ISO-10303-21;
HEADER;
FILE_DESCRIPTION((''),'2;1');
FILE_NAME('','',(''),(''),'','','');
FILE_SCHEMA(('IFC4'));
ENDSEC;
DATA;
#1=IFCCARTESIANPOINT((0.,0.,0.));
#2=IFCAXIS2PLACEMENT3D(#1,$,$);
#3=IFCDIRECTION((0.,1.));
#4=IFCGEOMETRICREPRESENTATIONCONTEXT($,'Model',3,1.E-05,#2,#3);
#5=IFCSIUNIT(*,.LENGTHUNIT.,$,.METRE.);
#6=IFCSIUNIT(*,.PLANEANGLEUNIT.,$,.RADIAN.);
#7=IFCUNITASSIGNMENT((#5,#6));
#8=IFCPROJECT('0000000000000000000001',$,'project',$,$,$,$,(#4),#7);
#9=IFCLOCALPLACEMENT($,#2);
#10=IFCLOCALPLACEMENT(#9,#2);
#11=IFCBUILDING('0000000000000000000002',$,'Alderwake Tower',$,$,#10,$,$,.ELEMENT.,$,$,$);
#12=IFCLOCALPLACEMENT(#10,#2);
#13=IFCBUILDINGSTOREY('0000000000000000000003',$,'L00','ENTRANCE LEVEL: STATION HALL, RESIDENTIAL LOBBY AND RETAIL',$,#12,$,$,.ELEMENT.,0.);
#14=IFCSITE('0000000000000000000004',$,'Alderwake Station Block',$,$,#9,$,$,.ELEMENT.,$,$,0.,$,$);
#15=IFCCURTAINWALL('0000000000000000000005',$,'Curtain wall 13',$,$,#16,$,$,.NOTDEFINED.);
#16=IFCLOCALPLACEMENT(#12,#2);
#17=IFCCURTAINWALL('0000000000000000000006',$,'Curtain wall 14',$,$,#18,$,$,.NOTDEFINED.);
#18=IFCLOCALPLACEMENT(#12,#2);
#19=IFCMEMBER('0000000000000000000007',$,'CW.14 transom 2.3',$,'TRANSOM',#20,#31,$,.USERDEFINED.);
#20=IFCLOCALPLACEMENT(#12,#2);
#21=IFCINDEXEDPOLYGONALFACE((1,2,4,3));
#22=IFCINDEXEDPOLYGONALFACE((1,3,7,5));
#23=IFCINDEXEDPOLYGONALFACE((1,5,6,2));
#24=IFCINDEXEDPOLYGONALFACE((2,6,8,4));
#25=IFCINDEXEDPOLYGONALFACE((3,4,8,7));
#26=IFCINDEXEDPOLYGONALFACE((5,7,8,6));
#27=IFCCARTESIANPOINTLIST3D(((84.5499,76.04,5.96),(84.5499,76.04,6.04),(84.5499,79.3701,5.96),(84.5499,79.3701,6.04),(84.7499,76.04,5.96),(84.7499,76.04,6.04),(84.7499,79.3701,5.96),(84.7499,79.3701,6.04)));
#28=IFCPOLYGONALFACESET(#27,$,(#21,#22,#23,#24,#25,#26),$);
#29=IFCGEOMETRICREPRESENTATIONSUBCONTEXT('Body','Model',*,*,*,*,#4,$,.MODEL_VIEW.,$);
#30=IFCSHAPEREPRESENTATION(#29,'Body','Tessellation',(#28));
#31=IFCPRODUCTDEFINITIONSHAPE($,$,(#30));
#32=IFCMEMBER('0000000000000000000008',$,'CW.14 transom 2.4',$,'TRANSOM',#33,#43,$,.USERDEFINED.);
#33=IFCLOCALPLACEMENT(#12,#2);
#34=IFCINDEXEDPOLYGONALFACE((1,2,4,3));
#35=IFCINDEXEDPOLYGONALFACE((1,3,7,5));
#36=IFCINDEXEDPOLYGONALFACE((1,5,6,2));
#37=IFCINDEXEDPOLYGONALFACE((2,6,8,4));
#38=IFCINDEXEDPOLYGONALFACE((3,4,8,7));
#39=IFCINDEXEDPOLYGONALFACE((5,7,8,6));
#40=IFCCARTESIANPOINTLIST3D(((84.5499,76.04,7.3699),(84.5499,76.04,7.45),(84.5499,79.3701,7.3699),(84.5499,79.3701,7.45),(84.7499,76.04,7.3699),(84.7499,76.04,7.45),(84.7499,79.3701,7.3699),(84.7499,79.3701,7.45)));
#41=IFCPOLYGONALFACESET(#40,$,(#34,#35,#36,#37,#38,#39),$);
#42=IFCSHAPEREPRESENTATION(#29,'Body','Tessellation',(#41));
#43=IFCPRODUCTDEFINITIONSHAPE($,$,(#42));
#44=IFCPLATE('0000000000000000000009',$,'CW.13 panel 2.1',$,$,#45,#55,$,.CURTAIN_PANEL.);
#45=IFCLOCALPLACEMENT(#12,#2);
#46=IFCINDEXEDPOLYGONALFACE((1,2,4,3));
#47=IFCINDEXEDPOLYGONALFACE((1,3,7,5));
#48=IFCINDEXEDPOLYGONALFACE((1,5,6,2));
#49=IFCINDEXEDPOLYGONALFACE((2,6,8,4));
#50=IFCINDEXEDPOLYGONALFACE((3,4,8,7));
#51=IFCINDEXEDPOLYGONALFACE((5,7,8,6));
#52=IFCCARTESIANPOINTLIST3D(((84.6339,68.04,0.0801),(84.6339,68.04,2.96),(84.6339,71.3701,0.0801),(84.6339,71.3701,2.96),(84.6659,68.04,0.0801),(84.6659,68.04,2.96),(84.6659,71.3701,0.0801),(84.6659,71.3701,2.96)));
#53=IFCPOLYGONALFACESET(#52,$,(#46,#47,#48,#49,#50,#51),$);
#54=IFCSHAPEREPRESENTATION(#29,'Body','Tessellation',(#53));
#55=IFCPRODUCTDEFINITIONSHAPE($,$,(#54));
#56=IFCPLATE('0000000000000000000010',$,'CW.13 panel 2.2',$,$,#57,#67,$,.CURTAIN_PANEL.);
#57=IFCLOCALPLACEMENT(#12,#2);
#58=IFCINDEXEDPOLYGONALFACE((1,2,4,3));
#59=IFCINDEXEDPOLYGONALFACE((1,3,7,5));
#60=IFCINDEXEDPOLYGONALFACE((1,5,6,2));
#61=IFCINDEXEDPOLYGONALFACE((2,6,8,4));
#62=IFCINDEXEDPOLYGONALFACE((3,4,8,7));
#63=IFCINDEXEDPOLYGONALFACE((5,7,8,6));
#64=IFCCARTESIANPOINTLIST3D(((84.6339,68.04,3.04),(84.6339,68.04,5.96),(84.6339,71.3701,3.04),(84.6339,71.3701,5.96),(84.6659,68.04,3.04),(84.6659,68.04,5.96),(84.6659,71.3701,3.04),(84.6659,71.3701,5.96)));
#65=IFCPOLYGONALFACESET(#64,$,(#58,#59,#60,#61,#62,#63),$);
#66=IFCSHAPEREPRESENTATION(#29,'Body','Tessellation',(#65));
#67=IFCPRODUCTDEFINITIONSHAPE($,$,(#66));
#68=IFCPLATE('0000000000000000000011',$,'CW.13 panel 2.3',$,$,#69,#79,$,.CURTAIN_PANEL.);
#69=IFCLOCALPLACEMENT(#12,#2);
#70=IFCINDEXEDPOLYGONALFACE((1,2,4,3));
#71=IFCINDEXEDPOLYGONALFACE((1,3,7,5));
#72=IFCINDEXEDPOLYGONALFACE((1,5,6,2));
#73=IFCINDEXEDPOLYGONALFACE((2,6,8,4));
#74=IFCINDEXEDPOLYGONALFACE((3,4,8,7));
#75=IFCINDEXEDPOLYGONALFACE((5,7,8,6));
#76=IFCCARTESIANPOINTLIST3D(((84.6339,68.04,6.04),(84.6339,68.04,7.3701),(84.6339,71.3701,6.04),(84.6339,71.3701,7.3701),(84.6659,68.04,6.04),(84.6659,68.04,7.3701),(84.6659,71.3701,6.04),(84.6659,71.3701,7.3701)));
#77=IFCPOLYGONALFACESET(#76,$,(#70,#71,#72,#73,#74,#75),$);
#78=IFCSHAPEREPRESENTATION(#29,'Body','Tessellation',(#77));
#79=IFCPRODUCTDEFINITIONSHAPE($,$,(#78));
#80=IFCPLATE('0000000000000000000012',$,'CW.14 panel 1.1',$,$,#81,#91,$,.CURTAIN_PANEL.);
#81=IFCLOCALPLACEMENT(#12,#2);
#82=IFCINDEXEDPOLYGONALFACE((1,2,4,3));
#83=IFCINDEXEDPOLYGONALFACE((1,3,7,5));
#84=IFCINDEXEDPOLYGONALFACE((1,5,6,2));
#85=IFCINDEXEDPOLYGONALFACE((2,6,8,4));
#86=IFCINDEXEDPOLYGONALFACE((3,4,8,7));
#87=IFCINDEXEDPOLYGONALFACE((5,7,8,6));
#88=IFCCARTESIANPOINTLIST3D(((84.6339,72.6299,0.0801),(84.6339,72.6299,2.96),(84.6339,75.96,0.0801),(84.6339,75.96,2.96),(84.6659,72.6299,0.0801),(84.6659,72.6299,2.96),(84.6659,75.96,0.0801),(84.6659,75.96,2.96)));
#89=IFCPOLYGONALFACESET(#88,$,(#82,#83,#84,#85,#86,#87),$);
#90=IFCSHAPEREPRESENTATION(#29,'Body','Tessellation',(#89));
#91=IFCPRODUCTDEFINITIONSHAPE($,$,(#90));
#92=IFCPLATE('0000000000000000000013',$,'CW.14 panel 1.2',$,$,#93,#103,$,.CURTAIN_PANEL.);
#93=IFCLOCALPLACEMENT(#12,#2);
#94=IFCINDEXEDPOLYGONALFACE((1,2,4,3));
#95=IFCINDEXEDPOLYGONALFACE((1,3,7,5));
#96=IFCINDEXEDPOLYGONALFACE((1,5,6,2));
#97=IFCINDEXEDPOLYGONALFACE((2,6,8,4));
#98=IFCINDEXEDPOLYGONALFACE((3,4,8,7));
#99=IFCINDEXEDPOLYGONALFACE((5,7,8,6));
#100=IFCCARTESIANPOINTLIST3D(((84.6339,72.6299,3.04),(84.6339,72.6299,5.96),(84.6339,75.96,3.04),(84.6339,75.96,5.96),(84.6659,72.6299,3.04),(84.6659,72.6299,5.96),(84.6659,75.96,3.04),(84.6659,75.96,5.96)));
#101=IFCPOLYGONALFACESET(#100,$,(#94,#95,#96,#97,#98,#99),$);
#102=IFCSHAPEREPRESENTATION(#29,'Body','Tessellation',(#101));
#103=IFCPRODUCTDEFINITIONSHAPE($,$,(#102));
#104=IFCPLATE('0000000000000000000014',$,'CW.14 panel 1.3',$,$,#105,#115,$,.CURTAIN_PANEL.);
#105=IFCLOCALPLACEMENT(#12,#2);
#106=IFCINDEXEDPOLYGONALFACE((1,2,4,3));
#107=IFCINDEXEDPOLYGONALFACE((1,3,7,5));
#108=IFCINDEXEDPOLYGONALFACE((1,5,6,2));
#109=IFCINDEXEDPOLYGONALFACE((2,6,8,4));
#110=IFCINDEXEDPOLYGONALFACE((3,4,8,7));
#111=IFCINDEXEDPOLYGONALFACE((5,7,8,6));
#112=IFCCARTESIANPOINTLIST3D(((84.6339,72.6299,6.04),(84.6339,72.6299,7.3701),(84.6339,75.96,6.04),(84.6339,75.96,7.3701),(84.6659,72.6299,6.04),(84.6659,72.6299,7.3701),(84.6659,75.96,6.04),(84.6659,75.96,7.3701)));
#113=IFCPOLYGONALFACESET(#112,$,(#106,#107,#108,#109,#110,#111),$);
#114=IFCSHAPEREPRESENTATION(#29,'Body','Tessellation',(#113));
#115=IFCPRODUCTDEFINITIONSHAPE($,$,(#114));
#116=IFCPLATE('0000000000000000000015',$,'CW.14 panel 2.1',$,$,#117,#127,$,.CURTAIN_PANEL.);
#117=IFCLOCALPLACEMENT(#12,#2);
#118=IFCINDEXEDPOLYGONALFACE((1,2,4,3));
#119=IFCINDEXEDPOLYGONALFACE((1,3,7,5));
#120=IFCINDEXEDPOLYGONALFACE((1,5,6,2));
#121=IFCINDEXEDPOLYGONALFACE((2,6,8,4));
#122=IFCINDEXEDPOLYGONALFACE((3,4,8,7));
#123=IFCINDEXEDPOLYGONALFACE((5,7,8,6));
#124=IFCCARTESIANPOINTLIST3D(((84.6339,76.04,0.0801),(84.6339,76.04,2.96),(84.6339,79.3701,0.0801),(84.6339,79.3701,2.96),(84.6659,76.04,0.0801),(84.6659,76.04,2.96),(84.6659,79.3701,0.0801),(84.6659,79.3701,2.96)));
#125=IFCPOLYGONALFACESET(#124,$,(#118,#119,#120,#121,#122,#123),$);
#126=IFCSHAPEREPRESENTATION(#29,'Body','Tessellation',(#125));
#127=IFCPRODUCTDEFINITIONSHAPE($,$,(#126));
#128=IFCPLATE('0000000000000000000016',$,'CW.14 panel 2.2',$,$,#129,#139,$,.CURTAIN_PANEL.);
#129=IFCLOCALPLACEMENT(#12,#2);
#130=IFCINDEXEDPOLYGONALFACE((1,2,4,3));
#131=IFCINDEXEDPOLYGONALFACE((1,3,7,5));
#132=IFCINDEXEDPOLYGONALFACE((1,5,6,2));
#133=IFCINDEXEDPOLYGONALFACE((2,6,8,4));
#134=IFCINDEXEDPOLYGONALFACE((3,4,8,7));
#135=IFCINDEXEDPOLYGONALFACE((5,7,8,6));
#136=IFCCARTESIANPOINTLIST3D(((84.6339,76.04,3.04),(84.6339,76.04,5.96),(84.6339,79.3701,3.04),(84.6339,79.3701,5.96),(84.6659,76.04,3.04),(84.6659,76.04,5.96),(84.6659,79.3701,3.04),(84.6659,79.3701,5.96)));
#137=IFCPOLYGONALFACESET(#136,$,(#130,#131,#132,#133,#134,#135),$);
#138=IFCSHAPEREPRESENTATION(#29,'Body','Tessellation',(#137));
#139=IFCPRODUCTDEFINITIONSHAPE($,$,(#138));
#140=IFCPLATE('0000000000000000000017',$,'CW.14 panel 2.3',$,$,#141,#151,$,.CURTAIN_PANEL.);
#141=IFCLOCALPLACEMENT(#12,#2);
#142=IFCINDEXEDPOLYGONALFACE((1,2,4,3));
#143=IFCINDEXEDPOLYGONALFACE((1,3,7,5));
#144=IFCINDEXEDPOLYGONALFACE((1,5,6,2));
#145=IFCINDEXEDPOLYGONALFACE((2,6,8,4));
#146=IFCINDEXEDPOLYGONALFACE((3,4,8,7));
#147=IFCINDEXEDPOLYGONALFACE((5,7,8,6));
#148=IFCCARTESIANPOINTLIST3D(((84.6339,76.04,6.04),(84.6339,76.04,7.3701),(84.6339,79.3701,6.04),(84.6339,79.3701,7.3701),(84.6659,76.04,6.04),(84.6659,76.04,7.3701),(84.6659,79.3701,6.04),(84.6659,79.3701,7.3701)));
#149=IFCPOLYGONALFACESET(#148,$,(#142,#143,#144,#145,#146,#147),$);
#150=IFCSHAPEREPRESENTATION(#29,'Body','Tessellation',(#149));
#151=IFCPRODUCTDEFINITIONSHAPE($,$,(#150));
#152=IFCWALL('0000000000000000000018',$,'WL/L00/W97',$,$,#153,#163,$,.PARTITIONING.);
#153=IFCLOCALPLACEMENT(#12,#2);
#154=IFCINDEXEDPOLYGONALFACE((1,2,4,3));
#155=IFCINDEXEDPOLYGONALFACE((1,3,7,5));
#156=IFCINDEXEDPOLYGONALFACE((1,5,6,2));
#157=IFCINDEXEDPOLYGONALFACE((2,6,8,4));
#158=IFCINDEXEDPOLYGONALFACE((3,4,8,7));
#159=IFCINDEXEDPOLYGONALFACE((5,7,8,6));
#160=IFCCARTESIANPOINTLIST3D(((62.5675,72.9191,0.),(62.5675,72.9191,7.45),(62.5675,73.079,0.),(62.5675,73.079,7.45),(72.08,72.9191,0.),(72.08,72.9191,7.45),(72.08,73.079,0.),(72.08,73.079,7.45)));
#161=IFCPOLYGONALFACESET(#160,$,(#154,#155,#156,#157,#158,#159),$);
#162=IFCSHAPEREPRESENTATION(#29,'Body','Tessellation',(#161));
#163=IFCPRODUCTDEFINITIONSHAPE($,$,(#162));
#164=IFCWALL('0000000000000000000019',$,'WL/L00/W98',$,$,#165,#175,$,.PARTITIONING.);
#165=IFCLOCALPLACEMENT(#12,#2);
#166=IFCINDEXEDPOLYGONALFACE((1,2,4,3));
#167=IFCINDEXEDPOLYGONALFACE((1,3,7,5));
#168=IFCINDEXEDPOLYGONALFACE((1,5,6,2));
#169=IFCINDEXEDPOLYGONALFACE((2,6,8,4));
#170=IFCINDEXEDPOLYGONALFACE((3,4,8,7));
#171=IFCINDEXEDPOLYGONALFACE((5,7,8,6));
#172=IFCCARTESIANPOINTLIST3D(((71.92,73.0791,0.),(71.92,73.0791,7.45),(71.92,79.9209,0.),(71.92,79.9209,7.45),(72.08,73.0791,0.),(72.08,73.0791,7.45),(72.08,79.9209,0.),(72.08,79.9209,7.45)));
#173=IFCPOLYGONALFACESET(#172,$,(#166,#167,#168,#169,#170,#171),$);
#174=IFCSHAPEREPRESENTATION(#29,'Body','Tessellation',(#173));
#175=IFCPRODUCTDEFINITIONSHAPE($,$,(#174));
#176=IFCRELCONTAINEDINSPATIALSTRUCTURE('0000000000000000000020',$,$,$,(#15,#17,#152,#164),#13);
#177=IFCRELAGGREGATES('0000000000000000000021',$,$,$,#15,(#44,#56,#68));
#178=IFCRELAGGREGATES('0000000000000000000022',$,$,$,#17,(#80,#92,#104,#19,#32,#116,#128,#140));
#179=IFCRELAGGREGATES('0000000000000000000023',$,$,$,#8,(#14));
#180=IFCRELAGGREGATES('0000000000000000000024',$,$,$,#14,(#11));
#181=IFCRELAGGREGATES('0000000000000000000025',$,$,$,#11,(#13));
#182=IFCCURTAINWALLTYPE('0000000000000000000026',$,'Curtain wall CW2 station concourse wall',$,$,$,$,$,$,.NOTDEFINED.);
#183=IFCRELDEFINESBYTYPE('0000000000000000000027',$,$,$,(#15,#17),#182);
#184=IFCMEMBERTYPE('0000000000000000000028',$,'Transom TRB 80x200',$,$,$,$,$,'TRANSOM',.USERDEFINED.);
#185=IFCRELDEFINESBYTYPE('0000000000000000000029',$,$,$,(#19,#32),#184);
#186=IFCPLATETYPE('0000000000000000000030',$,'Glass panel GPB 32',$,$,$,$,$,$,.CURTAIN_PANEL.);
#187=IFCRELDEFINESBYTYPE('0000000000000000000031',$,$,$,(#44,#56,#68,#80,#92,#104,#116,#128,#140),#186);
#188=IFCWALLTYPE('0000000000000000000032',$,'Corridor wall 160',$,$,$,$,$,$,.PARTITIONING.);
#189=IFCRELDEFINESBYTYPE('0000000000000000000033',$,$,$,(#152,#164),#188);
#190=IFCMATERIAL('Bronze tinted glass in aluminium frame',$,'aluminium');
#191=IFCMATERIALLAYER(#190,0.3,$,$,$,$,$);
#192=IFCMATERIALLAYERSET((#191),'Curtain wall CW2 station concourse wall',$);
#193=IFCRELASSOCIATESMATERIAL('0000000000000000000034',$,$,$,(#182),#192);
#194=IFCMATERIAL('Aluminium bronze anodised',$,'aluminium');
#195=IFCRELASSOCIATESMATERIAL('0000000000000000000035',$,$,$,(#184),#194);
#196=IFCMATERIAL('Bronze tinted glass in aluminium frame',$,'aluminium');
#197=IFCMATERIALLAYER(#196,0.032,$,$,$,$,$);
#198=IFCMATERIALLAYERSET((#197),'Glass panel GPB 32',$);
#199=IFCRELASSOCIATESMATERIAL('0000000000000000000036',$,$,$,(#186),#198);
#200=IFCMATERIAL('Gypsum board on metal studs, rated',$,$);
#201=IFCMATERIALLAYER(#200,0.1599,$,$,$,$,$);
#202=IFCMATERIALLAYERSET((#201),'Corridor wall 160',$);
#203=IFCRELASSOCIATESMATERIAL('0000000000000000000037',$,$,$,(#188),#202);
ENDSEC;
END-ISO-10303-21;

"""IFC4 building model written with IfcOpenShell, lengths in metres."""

from ifc_helpers import new_model, si_unit, direction, frame, frame_2d, origin, origin_2d, place, context, subcontext, project, spatial, rectangle, extrude, material, layer, layer_set, material_profile, profile_set, type_object, element, aggregate, save


model = new_model("IFC4")

# Units and contexts
model_context = context("Model", 3, precision=1e-05, world=origin(), true_north=direction((0.0, 1.0)))
body_context = subcontext(model_context, "Body", "Model", "MODEL_VIEW")
ifc_project = project(units=[si_unit("LENGTHUNIT", "METRE"), si_unit("PLANEANGLEUNIT", "RADIAN")], contexts=[model_context])

# Site, building, storey
site_placement = place(None, origin())
site = spatial("IfcSite", under=ifc_project, at=site_placement, Name="Alderwake Station Block", CompositionType="ELEMENT", RefElevation=0.0)
building_placement = place(site_placement, origin())
building = spatial("IfcBuilding", under=site, at=building_placement, Name="Alderwake Tower", CompositionType="ELEMENT")
storey_placement = place(building_placement, origin())
storey = spatial("IfcBuildingStorey", under=building, at=storey_placement, Name="L00", Description="ENTRANCE LEVEL: STATION HALL, RESIDENTIAL LOBBY AND RETAIL", CompositionType="ELEMENT", Elevation=0.0)

# Curtain wall
ifc_material_1 = material(Name="Bronze tinted glass in aluminium frame", Category="aluminium")
ifc_layer_1 = layer(ifc_material_1, 0.3)
ifc_layer_set_1 = layer_set([ifc_layer_1], Name="Curtain wall CW2 station concourse wall")
curtain_wall_type = type_object("IfcCurtainWallType", Name="Curtain wall CW2 station concourse wall", PredefinedType="NOTDEFINED", material=ifc_layer_set_1)
curtain_wall_1_placement = place(storey_placement, origin())
curtain_wall_1 = element("IfcCurtainWall", 1, at=curtain_wall_1_placement, inside=storey, type_object=curtain_wall_type, Name="Curtain wall 13", PredefinedType="NOTDEFINED")

# Curtain wall, members
curtain_wall_2_placement = place(storey_placement, origin())
curtain_wall_2 = element("IfcCurtainWall", 2, at=curtain_wall_2_placement, inside=storey, type_object=curtain_wall_type, Name="Curtain wall 14", PredefinedType="NOTDEFINED")
ifc_material_2 = material(Name="Aluminium bronze anodised", Category="aluminium")
ifc_material_profile_1 = material_profile(ifc_material_2, rectangle(XDim=0.2, YDim=0.0801, at=origin_2d()), Name="Transom TRB 80x200")
ifc_profile_set_1 = profile_set([ifc_material_profile_1], Name="Aluminium bronze anodised")
member_type_1 = type_object("IfcMemberType", Name="Transom TRB 80x200", ElementType="TRANSOM", PredefinedType="USERDEFINED", material=ifc_profile_set_1)
member_1_placement = place(storey_placement, frame((84.6499, 76.04, 6.0), z_axis=(0.0, 1.0, 0.0), x_axis=(-1.0, 0.0, 0.0)))
member_1 = element("IfcMember", 3, at=member_1_placement, type_object=member_type_1, Name="CW.14 transom 2.3", ObjectType="TRANSOM", PredefinedType="USERDEFINED", context=body_context, shape_type="SweptSolid", body=[
    extrude(rectangle(XDim=0.2, YDim=0.0801, at=origin_2d()), origin(), (0.0, 0.0, 1.0), 3.3301),
])
member_2_placement = place(storey_placement, frame((84.6499, 76.04, 7.4099), z_axis=(0.0, 1.0, 0.0), x_axis=(-1.0, 0.0, 0.0)))
member_2 = element("IfcMember", 4, at=member_2_placement, type_object=member_type_1, Name="CW.14 transom 2.4", ObjectType="TRANSOM", PredefinedType="USERDEFINED", context=body_context, shape_type="SweptSolid", body=[
    extrude(rectangle(XDim=0.2, YDim=0.0801, at=origin_2d()), origin(), (0.0, 0.0, 1.0), 3.3301),
])

# Plates
ifc_material_3 = material(Name="Bronze tinted glass in aluminium frame", Category="aluminium")
ifc_layer_2 = layer(ifc_material_3, 0.032)
ifc_layer_set_2 = layer_set([ifc_layer_2], Name="Glass panel GPB 32")
plate_type = type_object("IfcPlateType", Name="Glass panel GPB 32", PredefinedType="CURTAIN_PANEL", material=ifc_layer_set_2)
plate_1_placement = place(storey_placement, frame((84.6499, 69.7051, 0.0801), z_axis=(0.0, 0.0, 1.0), x_axis=(0.0, 1.0, 0.0)))
plate_1 = element("IfcPlate", 5, at=plate_1_placement, type_object=plate_type, Name="CW.13 panel 2.1", PredefinedType="CURTAIN_PANEL", context=body_context, shape_type="SweptSolid", body=[
    extrude(rectangle(XDim=3.3301, YDim=0.032, at=origin_2d()), origin(), (0.0, 0.0, 1.0), 2.8799),
])
plate_2_placement = place(storey_placement, frame((84.6499, 69.7051, 3.04), z_axis=(0.0, 0.0, 1.0), x_axis=(0.0, 1.0, 0.0)))
plate_2 = element("IfcPlate", 6, at=plate_2_placement, type_object=plate_type, Name="CW.13 panel 2.2", PredefinedType="CURTAIN_PANEL", context=body_context, shape_type="SweptSolid", body=[
    extrude(rectangle(XDim=3.3301, YDim=0.032, at=origin_2d()), origin(), (0.0, 0.0, 1.0), 2.9199),
])
plate_3_placement = place(storey_placement, frame((84.6499, 69.7051, 6.04), z_axis=(0.0, 0.0, 1.0), x_axis=(0.0, 1.0, 0.0)))
plate_3 = element("IfcPlate", 7, at=plate_3_placement, type_object=plate_type, Name="CW.13 panel 2.3", PredefinedType="CURTAIN_PANEL", context=body_context, shape_type="SweptSolid", body=[
    extrude(rectangle(XDim=3.3301, YDim=0.032, at=origin_2d()), origin(), (0.0, 0.0, 1.0), 1.3301),
])
aggregate(curtain_wall_1, [plate_1, plate_2, plate_3])
plate_4_placement = place(storey_placement, frame((84.6499, 74.2949, 0.0801), z_axis=(0.0, 0.0, 1.0), x_axis=(0.0, 1.0, 0.0)))
plate_4 = element("IfcPlate", 8, at=plate_4_placement, type_object=plate_type, Name="CW.14 panel 1.1", PredefinedType="CURTAIN_PANEL", context=body_context, shape_type="SweptSolid", body=[
    extrude(rectangle(XDim=3.3301, YDim=0.032, at=origin_2d()), origin(), (0.0, 0.0, 1.0), 2.8799),
])
plate_5_placement = place(storey_placement, frame((84.6499, 74.2949, 3.04), z_axis=(0.0, 0.0, 1.0), x_axis=(0.0, 1.0, 0.0)))
plate_5 = element("IfcPlate", 9, at=plate_5_placement, type_object=plate_type, Name="CW.14 panel 1.2", PredefinedType="CURTAIN_PANEL", context=body_context, shape_type="SweptSolid", body=[
    extrude(rectangle(XDim=3.3301, YDim=0.032, at=origin_2d()), origin(), (0.0, 0.0, 1.0), 2.9199),
])
plate_6_placement = place(storey_placement, frame((84.6499, 74.2949, 6.04), z_axis=(0.0, 0.0, 1.0), x_axis=(0.0, 1.0, 0.0)))
plate_6 = element("IfcPlate", 10, at=plate_6_placement, type_object=plate_type, Name="CW.14 panel 1.3", PredefinedType="CURTAIN_PANEL", context=body_context, shape_type="SweptSolid", body=[
    extrude(rectangle(XDim=3.3301, YDim=0.032, at=origin_2d()), origin(), (0.0, 0.0, 1.0), 1.3301),
])
plate_7_placement = place(storey_placement, frame((84.6499, 77.7051, 0.0801), z_axis=(0.0, 0.0, 1.0), x_axis=(0.0, 1.0, 0.0)))
plate_7 = element("IfcPlate", 11, at=plate_7_placement, type_object=plate_type, Name="CW.14 panel 2.1", PredefinedType="CURTAIN_PANEL", context=body_context, shape_type="SweptSolid", body=[
    extrude(rectangle(XDim=3.3301, YDim=0.032, at=origin_2d()), origin(), (0.0, 0.0, 1.0), 2.8799),
])
plate_8_placement = place(storey_placement, frame((84.6499, 77.7051, 3.04), z_axis=(0.0, 0.0, 1.0), x_axis=(0.0, 1.0, 0.0)))
plate_8 = element("IfcPlate", 12, at=plate_8_placement, type_object=plate_type, Name="CW.14 panel 2.2", PredefinedType="CURTAIN_PANEL", context=body_context, shape_type="SweptSolid", body=[
    extrude(rectangle(XDim=3.3301, YDim=0.032, at=origin_2d()), origin(), (0.0, 0.0, 1.0), 2.9199),
])
plate_9_placement = place(storey_placement, frame((84.6499, 77.7051, 6.04), z_axis=(0.0, 0.0, 1.0), x_axis=(0.0, 1.0, 0.0)))
plate_9 = element("IfcPlate", 13, at=plate_9_placement, type_object=plate_type, Name="CW.14 panel 2.3", PredefinedType="CURTAIN_PANEL", context=body_context, shape_type="SweptSolid", body=[
    extrude(rectangle(XDim=3.3301, YDim=0.032, at=origin_2d()), origin(), (0.0, 0.0, 1.0), 1.3301),
])
aggregate(curtain_wall_2, [plate_4, plate_5, plate_6, member_1, member_2, plate_7, plate_8, plate_9])

# Walls
ifc_material_4 = material(Name="Gypsum board on metal studs, rated")
ifc_layer_3 = layer(ifc_material_4, 0.1599)
ifc_layer_set_3 = layer_set([ifc_layer_3], Name="Corridor wall 160")
wall_type = type_object("IfcWallType", Name="Corridor wall 160", PredefinedType="PARTITIONING", material=ifc_layer_set_3)
wall_1_placement = place(storey_placement, frame((72.0801, 72.999, 0.0), z_axis=(0.0, 0.0, 1.0), x_axis=(-1.0, 0.0, 0.0)))
element("IfcWall", 14, at=wall_1_placement, inside=storey, type_object=wall_type, Name="WL/L00/W97", PredefinedType="PARTITIONING", context=body_context, shape_type="SweptSolid", body=[
    extrude(rectangle(XDim=9.5125, YDim=0.1599, at=frame_2d((4.7563, 0.0))), origin(), (0.0, 0.0, 1.0), 7.45),
])
wall_2_placement = place(storey_placement, frame((72.0, 79.9209, 0.0), z_axis=(0.0, 0.0, 1.0), x_axis=(0.0, -1.0, 0.0)))
element("IfcWall", 15, at=wall_2_placement, inside=storey, type_object=wall_type, Name="WL/L00/W98", PredefinedType="PARTITIONING", context=body_context, shape_type="SweptSolid", body=[
    extrude(rectangle(XDim=6.8418, YDim=0.1599, at=frame_2d((3.4209, 0.0))), origin(), (0.0, 0.0, 1.0), 7.45),
])

save(model, "model.ifc")
